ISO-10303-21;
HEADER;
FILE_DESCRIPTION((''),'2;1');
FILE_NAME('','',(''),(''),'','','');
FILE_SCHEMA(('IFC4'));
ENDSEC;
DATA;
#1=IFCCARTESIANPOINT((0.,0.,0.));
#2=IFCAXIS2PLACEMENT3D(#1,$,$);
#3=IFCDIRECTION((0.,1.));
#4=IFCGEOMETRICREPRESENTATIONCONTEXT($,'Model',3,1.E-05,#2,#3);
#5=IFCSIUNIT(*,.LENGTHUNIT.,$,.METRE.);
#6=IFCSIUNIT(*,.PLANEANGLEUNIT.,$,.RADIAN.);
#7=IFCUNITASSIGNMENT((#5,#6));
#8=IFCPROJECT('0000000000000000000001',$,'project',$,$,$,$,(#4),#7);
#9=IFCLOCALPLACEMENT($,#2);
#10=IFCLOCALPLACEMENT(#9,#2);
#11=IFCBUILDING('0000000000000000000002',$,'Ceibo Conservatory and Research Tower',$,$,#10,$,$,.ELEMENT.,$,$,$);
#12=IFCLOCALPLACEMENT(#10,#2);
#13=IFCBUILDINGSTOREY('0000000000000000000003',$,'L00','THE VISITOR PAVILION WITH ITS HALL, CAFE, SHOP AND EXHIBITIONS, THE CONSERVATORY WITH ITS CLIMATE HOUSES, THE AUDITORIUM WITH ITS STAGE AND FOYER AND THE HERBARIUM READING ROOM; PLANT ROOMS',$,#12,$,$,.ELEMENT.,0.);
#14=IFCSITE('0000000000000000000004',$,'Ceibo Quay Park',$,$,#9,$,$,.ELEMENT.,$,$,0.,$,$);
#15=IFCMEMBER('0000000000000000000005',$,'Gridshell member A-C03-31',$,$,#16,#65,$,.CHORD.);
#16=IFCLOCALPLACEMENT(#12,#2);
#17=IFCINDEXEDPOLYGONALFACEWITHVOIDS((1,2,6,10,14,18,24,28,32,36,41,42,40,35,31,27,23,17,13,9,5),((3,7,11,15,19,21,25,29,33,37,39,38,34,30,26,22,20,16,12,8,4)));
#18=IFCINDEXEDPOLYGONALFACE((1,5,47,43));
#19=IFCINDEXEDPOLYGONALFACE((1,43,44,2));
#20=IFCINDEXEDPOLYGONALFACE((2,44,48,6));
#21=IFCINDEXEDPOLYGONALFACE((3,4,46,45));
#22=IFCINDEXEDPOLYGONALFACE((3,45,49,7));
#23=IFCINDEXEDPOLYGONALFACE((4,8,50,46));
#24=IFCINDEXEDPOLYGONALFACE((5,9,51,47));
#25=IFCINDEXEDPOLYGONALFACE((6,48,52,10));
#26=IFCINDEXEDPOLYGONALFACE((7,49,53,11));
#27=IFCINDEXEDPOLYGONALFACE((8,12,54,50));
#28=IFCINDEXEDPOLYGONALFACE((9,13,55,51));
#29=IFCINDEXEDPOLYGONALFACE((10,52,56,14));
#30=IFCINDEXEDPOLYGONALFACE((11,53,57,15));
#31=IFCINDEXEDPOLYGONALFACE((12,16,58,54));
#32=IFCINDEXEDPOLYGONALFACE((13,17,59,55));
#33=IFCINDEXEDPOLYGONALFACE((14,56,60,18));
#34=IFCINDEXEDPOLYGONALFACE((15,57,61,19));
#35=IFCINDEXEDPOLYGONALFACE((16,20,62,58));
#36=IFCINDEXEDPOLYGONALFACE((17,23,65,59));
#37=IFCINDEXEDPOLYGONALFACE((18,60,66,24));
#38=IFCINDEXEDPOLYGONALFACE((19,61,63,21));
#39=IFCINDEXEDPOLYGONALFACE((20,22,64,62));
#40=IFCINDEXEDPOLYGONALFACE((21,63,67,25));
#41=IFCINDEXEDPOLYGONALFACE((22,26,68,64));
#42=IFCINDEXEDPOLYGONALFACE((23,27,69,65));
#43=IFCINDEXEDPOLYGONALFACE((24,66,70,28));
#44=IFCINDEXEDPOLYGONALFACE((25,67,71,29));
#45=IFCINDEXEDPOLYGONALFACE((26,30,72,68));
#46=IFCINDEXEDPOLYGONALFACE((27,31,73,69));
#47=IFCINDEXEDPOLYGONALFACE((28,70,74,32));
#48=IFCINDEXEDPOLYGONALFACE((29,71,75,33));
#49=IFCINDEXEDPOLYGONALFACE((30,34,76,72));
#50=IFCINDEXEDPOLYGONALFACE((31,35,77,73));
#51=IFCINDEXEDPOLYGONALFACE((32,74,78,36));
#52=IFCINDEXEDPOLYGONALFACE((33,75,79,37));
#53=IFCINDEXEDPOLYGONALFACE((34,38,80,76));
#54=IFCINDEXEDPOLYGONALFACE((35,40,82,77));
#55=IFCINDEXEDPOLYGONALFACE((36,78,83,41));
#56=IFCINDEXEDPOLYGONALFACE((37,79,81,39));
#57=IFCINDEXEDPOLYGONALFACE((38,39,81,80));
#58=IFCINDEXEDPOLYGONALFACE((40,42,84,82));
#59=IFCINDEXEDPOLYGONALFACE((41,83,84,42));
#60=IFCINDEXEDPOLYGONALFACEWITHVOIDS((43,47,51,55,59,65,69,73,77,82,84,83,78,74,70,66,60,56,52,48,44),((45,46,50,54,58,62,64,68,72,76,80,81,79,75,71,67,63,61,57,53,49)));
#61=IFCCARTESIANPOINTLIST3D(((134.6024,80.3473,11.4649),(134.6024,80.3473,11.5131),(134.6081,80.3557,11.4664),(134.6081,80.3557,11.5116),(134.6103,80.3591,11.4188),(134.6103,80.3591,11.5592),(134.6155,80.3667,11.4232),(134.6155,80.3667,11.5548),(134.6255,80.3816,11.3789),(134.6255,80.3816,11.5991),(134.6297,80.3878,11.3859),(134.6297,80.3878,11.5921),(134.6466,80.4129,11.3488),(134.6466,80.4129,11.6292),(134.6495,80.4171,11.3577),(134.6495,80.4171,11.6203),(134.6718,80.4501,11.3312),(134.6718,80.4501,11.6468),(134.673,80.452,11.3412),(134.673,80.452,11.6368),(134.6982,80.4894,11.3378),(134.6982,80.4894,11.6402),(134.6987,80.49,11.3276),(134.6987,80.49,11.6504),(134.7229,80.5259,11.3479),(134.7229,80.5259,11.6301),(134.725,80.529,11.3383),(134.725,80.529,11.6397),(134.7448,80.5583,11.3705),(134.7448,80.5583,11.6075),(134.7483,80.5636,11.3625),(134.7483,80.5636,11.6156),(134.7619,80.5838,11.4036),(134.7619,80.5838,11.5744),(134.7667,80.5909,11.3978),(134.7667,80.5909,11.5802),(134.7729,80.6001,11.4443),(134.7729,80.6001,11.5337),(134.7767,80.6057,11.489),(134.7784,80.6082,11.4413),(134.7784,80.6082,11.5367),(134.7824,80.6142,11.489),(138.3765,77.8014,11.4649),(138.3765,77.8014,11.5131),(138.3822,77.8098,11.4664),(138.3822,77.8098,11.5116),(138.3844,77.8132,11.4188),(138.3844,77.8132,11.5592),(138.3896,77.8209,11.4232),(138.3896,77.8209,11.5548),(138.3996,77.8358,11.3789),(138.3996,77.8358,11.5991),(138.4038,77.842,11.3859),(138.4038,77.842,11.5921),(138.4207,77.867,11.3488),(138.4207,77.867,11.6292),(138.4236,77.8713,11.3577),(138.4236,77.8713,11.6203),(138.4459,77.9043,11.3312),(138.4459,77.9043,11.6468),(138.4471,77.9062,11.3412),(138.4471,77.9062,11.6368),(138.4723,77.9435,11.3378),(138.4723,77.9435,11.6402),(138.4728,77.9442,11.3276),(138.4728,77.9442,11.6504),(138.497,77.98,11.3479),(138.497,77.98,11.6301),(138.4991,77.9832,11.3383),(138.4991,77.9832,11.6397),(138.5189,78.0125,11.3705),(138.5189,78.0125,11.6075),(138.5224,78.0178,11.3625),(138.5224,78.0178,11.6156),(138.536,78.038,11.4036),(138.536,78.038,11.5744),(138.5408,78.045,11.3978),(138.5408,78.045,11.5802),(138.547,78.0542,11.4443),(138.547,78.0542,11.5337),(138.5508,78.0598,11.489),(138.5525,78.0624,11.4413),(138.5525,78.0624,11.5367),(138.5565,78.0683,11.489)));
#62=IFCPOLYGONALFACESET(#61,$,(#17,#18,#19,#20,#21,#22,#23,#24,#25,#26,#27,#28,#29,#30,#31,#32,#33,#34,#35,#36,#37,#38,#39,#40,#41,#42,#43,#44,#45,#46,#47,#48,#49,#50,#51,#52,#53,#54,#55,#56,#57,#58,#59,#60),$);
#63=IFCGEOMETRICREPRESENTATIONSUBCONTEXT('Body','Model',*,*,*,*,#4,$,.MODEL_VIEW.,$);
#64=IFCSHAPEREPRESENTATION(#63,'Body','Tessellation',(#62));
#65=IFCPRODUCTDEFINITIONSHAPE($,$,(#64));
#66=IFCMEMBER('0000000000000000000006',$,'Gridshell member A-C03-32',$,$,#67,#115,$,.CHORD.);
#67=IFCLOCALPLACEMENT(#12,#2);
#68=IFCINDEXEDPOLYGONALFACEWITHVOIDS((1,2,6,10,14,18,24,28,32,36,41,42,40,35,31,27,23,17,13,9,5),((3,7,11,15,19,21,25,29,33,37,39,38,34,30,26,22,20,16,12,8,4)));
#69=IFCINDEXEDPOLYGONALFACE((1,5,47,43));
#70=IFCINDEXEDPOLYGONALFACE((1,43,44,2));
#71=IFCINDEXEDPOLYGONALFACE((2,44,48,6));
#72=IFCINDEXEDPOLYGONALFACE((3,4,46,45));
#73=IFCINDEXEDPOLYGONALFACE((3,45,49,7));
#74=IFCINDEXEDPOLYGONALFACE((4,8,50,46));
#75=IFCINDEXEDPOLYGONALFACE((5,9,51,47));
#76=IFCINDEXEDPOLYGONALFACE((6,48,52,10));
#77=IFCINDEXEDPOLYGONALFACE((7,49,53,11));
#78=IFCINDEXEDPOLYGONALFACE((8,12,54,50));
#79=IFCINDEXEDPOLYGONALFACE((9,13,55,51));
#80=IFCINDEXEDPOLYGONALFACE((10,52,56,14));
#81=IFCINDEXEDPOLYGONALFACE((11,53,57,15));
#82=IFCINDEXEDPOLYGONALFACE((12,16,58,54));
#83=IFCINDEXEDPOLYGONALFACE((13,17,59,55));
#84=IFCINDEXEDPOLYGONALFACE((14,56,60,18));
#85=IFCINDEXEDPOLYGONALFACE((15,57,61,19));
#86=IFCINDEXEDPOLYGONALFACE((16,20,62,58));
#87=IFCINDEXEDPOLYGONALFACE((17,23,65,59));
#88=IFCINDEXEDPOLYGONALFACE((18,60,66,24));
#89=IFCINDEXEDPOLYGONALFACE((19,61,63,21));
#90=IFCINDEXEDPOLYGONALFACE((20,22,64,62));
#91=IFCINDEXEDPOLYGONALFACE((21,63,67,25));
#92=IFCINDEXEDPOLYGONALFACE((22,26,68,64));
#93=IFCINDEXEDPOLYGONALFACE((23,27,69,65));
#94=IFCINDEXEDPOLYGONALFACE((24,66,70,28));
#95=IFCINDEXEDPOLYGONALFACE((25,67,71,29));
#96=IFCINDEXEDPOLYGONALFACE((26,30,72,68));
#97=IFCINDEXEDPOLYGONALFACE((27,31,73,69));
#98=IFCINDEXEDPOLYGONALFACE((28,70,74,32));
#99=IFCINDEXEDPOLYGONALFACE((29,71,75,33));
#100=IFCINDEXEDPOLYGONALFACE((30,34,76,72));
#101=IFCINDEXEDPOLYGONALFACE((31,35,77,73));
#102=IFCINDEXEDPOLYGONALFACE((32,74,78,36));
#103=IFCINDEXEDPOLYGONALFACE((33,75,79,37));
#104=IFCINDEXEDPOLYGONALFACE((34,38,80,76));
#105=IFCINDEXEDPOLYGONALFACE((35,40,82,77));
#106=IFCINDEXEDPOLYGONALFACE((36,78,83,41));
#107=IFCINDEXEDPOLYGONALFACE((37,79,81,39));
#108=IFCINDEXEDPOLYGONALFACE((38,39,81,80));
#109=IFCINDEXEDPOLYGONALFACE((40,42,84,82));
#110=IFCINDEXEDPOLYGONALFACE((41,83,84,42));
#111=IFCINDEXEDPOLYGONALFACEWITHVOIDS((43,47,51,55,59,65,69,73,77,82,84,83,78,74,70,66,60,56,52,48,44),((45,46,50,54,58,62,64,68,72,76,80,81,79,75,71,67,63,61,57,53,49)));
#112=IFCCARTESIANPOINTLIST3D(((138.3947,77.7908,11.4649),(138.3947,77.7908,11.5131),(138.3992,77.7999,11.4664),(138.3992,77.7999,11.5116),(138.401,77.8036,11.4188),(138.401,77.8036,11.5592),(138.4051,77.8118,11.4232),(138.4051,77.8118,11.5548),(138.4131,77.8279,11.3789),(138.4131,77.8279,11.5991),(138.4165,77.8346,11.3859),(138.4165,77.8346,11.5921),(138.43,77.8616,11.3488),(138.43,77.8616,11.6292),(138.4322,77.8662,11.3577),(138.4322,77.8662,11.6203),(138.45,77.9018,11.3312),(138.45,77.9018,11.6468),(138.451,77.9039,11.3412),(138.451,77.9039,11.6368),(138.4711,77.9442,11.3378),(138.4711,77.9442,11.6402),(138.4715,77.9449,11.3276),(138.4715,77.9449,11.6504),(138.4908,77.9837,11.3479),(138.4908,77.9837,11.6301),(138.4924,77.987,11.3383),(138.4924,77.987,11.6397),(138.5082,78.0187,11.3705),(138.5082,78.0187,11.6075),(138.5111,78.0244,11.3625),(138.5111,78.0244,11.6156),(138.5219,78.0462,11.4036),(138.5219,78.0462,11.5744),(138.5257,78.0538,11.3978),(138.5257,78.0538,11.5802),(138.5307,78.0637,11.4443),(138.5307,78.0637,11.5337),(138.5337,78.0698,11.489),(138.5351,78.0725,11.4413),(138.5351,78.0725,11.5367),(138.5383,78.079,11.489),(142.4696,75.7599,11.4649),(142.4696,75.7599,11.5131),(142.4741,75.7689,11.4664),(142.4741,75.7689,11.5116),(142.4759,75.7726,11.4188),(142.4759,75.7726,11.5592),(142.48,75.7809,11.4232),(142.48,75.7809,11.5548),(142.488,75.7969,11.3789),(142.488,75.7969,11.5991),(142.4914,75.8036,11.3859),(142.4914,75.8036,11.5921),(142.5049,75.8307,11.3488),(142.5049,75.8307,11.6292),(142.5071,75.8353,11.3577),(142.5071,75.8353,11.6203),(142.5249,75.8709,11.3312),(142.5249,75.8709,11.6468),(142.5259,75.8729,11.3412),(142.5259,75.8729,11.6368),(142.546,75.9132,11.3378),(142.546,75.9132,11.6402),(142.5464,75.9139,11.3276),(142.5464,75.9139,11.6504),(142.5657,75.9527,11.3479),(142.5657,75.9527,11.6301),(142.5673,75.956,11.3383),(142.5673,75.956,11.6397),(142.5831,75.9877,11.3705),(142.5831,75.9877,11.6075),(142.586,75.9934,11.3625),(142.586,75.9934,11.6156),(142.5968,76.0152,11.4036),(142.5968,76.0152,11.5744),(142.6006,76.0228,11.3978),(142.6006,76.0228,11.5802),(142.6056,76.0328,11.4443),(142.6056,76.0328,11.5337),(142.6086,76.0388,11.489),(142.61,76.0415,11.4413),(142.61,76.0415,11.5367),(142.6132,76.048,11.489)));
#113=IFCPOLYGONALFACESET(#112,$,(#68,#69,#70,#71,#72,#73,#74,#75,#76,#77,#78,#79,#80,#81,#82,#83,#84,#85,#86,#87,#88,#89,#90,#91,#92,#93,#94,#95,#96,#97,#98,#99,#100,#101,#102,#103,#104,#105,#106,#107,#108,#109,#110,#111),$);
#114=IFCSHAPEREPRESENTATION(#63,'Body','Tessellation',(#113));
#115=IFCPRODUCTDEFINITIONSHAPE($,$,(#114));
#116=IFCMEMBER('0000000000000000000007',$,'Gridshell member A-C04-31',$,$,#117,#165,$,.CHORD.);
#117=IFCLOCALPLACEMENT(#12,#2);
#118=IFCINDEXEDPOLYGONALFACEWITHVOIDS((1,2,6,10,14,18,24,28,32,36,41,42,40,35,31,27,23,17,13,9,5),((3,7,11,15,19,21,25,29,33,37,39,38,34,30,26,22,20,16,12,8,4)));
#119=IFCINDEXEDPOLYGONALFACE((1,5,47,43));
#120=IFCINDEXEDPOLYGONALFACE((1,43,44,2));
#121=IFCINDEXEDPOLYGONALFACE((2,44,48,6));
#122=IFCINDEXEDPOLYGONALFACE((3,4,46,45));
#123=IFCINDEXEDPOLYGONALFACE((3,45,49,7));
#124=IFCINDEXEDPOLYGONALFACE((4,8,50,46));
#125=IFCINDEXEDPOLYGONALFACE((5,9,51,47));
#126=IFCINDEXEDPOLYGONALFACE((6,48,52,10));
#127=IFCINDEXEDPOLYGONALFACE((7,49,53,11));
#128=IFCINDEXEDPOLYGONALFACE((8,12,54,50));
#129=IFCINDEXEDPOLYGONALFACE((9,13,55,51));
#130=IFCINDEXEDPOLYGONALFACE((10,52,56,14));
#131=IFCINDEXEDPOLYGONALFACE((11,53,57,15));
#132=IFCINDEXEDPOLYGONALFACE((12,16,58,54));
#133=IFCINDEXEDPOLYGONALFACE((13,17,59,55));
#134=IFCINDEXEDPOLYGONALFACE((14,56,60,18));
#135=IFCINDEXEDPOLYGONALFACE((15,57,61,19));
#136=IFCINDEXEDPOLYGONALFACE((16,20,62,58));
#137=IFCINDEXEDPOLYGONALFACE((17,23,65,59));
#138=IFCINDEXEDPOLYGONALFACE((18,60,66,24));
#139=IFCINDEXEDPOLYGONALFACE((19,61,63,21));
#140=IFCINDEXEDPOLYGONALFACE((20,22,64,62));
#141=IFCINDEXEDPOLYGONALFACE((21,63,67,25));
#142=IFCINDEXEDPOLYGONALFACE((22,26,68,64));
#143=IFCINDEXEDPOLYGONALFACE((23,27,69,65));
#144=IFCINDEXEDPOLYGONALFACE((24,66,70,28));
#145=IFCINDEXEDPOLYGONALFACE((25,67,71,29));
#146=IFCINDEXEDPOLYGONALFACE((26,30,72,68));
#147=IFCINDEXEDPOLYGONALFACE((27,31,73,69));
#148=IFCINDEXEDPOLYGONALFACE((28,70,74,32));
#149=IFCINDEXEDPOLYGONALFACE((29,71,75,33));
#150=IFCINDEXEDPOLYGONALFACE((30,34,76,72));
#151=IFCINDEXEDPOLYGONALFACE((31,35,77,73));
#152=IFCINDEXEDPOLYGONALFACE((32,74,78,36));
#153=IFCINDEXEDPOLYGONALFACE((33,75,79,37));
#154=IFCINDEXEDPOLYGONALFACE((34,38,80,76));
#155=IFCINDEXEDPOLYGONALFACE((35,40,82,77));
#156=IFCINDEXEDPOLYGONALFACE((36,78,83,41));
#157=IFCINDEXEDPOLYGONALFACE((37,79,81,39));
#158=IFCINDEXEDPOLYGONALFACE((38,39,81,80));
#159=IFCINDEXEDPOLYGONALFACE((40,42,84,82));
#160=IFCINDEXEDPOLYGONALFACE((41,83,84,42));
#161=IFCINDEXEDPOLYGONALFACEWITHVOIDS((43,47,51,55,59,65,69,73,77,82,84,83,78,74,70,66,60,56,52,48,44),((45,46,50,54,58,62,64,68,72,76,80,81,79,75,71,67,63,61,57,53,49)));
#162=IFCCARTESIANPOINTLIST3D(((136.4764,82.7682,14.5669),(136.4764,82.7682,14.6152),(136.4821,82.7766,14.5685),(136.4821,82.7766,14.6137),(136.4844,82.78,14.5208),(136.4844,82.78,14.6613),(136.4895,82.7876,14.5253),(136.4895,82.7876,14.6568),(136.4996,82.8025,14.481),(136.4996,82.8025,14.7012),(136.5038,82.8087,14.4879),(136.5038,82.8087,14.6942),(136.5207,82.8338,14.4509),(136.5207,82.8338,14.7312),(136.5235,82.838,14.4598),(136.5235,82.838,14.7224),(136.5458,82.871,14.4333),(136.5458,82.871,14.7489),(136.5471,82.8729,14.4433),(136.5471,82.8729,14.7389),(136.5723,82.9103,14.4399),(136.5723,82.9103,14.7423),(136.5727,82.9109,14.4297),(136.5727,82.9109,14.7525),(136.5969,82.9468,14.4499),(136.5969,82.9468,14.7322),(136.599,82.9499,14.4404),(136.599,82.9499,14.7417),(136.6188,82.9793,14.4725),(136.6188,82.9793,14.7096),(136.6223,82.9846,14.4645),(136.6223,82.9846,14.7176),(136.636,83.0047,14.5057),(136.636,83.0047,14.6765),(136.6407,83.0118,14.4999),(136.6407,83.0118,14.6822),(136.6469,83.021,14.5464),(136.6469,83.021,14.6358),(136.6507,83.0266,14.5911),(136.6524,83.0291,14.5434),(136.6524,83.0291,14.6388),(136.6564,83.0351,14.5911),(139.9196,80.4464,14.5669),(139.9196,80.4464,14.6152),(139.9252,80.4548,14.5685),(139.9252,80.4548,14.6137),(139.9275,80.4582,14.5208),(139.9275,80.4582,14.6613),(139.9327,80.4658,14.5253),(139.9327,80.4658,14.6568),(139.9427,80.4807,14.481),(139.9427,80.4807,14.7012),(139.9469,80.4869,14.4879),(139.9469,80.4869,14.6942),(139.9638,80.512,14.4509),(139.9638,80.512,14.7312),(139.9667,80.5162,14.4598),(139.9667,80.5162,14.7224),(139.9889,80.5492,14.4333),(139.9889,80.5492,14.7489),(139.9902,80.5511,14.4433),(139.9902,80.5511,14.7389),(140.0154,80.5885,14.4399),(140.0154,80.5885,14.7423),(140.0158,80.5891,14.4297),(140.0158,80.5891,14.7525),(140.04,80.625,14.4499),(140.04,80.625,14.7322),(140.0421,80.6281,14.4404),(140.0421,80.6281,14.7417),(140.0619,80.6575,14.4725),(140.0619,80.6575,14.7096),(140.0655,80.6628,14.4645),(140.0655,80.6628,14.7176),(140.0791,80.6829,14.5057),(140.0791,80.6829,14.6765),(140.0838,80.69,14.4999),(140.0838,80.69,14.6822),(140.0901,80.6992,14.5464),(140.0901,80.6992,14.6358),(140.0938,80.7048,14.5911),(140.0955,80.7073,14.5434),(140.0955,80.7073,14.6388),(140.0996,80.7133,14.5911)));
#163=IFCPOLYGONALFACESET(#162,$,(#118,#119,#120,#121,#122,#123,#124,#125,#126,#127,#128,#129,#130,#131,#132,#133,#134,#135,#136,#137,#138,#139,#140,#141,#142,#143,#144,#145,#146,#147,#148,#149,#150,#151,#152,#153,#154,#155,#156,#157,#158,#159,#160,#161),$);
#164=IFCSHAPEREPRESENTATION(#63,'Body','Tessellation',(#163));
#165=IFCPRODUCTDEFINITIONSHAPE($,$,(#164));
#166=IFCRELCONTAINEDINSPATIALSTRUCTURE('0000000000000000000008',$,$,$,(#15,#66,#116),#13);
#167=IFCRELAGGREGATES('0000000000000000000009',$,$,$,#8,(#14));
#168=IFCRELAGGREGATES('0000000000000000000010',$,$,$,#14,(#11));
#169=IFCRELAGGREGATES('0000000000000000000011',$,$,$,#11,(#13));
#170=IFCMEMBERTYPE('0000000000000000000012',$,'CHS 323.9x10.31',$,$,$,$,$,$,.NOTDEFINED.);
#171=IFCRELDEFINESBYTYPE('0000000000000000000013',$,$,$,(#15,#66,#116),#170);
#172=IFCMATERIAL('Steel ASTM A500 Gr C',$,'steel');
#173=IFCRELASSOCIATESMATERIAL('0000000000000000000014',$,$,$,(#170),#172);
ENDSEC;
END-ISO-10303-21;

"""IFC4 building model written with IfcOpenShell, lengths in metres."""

from ifc_helpers import new_model, si_unit, direction, frame, origin, origin_2d, place, context, subcontext, project, spatial, hollow_circle, extrude, material, material_profile, profile_set, type_object, element, save


model = new_model("IFC4")

# Units and contexts
model_context = context("Model", 3, precision=1e-05, world=origin(), true_north=direction((0.0, 1.0)))
body_context = subcontext(model_context, "Body", "Model", "MODEL_VIEW")
ifc_project = project(units=[si_unit("LENGTHUNIT", "METRE"), si_unit("PLANEANGLEUNIT", "RADIAN")], contexts=[model_context])

# Site, building, storey
site_placement = place(None, origin())
site = spatial("IfcSite", under=ifc_project, at=site_placement, Name="Ceibo Quay Park", CompositionType="ELEMENT", RefElevation=0.0)
building_placement = place(site_placement, origin())
building = spatial("IfcBuilding", under=site, at=building_placement, Name="Ceibo Conservatory and Research Tower", CompositionType="ELEMENT")
storey_placement = place(building_placement, origin())
storey = spatial("IfcBuildingStorey", under=building, at=storey_placement, Name="L00", Description="THE VISITOR PAVILION WITH ITS HALL, CAFE, SHOP AND EXHIBITIONS, THE CONSERVATORY WITH ITS CLIMATE HOUSES, THE AUDITORIUM WITH ITS STAGE AND FOYER AND THE HERBARIUM READING ROOM; PLANT ROOMS", CompositionType="ELEMENT", Elevation=0.0)

# Members
ifc_material_1 = material(Name="Steel ASTM A500 Gr C", Category="steel")
ifc_material_profile_1 = material_profile(ifc_material_1, hollow_circle(Radius=0.1619, WallThickness=0.0103, at=origin_2d()), Name="CHS 323.9x10.31")
ifc_profile_set_1 = profile_set([ifc_material_profile_1], Name="Steel ASTM A500 Gr C")
member_type_1 = type_object("IfcMemberType", Name="CHS 323.9x10.31", PredefinedType="NOTDEFINED", material=ifc_profile_set_1)
member_1_placement = place(storey_placement, frame((134.6919, 80.48, 11.489), z_axis=(0.829018, -0.559221, 0.0), x_axis=(0.559221, 0.829018, 0.0)))
element("IfcMember", 1, at=member_1_placement, inside=storey, type_object=member_type_1, Name="Gridshell member A-C03-31", PredefinedType="CHORD", context=body_context, shape_type="SweptSolid", body=[
    extrude(hollow_circle(Radius=0.1619, WallThickness=0.0103, at=origin_2d()), origin(), (0.0, 0.0, 1.0), 4.5525),
])
member_2_placement = place(storey_placement, frame((138.4661, 77.9341, 11.489), z_axis=(0.894995, -0.446076, 0.0), x_axis=(0.446076, 0.894995, 0.0)))
element("IfcMember", 2, at=member_2_placement, inside=storey, type_object=member_type_1, Name="Gridshell member A-C03-32", PredefinedType="CHORD", context=body_context, shape_type="SweptSolid", body=[
    extrude(hollow_circle(Radius=0.1619, WallThickness=0.0103, at=origin_2d()), origin(), (0.0, 0.0, 1.0), 4.553),
])
member_3_placement = place(storey_placement, frame((136.5659, 82.9009, 14.5911), z_axis=(0.829108, -0.559088, 0.0), x_axis=(0.559088, 0.829108, 0.0)))
element("IfcMember", 3, at=member_3_placement, inside=storey, type_object=member_type_1, Name="Gridshell member A-C04-31", PredefinedType="CHORD", context=body_context, shape_type="SweptSolid", body=[
    extrude(hollow_circle(Radius=0.1619, WallThickness=0.0103, at=origin_2d()), origin(), (0.0, 0.0, 1.0), 4.1528),
])

save(model, "model.ifc")
